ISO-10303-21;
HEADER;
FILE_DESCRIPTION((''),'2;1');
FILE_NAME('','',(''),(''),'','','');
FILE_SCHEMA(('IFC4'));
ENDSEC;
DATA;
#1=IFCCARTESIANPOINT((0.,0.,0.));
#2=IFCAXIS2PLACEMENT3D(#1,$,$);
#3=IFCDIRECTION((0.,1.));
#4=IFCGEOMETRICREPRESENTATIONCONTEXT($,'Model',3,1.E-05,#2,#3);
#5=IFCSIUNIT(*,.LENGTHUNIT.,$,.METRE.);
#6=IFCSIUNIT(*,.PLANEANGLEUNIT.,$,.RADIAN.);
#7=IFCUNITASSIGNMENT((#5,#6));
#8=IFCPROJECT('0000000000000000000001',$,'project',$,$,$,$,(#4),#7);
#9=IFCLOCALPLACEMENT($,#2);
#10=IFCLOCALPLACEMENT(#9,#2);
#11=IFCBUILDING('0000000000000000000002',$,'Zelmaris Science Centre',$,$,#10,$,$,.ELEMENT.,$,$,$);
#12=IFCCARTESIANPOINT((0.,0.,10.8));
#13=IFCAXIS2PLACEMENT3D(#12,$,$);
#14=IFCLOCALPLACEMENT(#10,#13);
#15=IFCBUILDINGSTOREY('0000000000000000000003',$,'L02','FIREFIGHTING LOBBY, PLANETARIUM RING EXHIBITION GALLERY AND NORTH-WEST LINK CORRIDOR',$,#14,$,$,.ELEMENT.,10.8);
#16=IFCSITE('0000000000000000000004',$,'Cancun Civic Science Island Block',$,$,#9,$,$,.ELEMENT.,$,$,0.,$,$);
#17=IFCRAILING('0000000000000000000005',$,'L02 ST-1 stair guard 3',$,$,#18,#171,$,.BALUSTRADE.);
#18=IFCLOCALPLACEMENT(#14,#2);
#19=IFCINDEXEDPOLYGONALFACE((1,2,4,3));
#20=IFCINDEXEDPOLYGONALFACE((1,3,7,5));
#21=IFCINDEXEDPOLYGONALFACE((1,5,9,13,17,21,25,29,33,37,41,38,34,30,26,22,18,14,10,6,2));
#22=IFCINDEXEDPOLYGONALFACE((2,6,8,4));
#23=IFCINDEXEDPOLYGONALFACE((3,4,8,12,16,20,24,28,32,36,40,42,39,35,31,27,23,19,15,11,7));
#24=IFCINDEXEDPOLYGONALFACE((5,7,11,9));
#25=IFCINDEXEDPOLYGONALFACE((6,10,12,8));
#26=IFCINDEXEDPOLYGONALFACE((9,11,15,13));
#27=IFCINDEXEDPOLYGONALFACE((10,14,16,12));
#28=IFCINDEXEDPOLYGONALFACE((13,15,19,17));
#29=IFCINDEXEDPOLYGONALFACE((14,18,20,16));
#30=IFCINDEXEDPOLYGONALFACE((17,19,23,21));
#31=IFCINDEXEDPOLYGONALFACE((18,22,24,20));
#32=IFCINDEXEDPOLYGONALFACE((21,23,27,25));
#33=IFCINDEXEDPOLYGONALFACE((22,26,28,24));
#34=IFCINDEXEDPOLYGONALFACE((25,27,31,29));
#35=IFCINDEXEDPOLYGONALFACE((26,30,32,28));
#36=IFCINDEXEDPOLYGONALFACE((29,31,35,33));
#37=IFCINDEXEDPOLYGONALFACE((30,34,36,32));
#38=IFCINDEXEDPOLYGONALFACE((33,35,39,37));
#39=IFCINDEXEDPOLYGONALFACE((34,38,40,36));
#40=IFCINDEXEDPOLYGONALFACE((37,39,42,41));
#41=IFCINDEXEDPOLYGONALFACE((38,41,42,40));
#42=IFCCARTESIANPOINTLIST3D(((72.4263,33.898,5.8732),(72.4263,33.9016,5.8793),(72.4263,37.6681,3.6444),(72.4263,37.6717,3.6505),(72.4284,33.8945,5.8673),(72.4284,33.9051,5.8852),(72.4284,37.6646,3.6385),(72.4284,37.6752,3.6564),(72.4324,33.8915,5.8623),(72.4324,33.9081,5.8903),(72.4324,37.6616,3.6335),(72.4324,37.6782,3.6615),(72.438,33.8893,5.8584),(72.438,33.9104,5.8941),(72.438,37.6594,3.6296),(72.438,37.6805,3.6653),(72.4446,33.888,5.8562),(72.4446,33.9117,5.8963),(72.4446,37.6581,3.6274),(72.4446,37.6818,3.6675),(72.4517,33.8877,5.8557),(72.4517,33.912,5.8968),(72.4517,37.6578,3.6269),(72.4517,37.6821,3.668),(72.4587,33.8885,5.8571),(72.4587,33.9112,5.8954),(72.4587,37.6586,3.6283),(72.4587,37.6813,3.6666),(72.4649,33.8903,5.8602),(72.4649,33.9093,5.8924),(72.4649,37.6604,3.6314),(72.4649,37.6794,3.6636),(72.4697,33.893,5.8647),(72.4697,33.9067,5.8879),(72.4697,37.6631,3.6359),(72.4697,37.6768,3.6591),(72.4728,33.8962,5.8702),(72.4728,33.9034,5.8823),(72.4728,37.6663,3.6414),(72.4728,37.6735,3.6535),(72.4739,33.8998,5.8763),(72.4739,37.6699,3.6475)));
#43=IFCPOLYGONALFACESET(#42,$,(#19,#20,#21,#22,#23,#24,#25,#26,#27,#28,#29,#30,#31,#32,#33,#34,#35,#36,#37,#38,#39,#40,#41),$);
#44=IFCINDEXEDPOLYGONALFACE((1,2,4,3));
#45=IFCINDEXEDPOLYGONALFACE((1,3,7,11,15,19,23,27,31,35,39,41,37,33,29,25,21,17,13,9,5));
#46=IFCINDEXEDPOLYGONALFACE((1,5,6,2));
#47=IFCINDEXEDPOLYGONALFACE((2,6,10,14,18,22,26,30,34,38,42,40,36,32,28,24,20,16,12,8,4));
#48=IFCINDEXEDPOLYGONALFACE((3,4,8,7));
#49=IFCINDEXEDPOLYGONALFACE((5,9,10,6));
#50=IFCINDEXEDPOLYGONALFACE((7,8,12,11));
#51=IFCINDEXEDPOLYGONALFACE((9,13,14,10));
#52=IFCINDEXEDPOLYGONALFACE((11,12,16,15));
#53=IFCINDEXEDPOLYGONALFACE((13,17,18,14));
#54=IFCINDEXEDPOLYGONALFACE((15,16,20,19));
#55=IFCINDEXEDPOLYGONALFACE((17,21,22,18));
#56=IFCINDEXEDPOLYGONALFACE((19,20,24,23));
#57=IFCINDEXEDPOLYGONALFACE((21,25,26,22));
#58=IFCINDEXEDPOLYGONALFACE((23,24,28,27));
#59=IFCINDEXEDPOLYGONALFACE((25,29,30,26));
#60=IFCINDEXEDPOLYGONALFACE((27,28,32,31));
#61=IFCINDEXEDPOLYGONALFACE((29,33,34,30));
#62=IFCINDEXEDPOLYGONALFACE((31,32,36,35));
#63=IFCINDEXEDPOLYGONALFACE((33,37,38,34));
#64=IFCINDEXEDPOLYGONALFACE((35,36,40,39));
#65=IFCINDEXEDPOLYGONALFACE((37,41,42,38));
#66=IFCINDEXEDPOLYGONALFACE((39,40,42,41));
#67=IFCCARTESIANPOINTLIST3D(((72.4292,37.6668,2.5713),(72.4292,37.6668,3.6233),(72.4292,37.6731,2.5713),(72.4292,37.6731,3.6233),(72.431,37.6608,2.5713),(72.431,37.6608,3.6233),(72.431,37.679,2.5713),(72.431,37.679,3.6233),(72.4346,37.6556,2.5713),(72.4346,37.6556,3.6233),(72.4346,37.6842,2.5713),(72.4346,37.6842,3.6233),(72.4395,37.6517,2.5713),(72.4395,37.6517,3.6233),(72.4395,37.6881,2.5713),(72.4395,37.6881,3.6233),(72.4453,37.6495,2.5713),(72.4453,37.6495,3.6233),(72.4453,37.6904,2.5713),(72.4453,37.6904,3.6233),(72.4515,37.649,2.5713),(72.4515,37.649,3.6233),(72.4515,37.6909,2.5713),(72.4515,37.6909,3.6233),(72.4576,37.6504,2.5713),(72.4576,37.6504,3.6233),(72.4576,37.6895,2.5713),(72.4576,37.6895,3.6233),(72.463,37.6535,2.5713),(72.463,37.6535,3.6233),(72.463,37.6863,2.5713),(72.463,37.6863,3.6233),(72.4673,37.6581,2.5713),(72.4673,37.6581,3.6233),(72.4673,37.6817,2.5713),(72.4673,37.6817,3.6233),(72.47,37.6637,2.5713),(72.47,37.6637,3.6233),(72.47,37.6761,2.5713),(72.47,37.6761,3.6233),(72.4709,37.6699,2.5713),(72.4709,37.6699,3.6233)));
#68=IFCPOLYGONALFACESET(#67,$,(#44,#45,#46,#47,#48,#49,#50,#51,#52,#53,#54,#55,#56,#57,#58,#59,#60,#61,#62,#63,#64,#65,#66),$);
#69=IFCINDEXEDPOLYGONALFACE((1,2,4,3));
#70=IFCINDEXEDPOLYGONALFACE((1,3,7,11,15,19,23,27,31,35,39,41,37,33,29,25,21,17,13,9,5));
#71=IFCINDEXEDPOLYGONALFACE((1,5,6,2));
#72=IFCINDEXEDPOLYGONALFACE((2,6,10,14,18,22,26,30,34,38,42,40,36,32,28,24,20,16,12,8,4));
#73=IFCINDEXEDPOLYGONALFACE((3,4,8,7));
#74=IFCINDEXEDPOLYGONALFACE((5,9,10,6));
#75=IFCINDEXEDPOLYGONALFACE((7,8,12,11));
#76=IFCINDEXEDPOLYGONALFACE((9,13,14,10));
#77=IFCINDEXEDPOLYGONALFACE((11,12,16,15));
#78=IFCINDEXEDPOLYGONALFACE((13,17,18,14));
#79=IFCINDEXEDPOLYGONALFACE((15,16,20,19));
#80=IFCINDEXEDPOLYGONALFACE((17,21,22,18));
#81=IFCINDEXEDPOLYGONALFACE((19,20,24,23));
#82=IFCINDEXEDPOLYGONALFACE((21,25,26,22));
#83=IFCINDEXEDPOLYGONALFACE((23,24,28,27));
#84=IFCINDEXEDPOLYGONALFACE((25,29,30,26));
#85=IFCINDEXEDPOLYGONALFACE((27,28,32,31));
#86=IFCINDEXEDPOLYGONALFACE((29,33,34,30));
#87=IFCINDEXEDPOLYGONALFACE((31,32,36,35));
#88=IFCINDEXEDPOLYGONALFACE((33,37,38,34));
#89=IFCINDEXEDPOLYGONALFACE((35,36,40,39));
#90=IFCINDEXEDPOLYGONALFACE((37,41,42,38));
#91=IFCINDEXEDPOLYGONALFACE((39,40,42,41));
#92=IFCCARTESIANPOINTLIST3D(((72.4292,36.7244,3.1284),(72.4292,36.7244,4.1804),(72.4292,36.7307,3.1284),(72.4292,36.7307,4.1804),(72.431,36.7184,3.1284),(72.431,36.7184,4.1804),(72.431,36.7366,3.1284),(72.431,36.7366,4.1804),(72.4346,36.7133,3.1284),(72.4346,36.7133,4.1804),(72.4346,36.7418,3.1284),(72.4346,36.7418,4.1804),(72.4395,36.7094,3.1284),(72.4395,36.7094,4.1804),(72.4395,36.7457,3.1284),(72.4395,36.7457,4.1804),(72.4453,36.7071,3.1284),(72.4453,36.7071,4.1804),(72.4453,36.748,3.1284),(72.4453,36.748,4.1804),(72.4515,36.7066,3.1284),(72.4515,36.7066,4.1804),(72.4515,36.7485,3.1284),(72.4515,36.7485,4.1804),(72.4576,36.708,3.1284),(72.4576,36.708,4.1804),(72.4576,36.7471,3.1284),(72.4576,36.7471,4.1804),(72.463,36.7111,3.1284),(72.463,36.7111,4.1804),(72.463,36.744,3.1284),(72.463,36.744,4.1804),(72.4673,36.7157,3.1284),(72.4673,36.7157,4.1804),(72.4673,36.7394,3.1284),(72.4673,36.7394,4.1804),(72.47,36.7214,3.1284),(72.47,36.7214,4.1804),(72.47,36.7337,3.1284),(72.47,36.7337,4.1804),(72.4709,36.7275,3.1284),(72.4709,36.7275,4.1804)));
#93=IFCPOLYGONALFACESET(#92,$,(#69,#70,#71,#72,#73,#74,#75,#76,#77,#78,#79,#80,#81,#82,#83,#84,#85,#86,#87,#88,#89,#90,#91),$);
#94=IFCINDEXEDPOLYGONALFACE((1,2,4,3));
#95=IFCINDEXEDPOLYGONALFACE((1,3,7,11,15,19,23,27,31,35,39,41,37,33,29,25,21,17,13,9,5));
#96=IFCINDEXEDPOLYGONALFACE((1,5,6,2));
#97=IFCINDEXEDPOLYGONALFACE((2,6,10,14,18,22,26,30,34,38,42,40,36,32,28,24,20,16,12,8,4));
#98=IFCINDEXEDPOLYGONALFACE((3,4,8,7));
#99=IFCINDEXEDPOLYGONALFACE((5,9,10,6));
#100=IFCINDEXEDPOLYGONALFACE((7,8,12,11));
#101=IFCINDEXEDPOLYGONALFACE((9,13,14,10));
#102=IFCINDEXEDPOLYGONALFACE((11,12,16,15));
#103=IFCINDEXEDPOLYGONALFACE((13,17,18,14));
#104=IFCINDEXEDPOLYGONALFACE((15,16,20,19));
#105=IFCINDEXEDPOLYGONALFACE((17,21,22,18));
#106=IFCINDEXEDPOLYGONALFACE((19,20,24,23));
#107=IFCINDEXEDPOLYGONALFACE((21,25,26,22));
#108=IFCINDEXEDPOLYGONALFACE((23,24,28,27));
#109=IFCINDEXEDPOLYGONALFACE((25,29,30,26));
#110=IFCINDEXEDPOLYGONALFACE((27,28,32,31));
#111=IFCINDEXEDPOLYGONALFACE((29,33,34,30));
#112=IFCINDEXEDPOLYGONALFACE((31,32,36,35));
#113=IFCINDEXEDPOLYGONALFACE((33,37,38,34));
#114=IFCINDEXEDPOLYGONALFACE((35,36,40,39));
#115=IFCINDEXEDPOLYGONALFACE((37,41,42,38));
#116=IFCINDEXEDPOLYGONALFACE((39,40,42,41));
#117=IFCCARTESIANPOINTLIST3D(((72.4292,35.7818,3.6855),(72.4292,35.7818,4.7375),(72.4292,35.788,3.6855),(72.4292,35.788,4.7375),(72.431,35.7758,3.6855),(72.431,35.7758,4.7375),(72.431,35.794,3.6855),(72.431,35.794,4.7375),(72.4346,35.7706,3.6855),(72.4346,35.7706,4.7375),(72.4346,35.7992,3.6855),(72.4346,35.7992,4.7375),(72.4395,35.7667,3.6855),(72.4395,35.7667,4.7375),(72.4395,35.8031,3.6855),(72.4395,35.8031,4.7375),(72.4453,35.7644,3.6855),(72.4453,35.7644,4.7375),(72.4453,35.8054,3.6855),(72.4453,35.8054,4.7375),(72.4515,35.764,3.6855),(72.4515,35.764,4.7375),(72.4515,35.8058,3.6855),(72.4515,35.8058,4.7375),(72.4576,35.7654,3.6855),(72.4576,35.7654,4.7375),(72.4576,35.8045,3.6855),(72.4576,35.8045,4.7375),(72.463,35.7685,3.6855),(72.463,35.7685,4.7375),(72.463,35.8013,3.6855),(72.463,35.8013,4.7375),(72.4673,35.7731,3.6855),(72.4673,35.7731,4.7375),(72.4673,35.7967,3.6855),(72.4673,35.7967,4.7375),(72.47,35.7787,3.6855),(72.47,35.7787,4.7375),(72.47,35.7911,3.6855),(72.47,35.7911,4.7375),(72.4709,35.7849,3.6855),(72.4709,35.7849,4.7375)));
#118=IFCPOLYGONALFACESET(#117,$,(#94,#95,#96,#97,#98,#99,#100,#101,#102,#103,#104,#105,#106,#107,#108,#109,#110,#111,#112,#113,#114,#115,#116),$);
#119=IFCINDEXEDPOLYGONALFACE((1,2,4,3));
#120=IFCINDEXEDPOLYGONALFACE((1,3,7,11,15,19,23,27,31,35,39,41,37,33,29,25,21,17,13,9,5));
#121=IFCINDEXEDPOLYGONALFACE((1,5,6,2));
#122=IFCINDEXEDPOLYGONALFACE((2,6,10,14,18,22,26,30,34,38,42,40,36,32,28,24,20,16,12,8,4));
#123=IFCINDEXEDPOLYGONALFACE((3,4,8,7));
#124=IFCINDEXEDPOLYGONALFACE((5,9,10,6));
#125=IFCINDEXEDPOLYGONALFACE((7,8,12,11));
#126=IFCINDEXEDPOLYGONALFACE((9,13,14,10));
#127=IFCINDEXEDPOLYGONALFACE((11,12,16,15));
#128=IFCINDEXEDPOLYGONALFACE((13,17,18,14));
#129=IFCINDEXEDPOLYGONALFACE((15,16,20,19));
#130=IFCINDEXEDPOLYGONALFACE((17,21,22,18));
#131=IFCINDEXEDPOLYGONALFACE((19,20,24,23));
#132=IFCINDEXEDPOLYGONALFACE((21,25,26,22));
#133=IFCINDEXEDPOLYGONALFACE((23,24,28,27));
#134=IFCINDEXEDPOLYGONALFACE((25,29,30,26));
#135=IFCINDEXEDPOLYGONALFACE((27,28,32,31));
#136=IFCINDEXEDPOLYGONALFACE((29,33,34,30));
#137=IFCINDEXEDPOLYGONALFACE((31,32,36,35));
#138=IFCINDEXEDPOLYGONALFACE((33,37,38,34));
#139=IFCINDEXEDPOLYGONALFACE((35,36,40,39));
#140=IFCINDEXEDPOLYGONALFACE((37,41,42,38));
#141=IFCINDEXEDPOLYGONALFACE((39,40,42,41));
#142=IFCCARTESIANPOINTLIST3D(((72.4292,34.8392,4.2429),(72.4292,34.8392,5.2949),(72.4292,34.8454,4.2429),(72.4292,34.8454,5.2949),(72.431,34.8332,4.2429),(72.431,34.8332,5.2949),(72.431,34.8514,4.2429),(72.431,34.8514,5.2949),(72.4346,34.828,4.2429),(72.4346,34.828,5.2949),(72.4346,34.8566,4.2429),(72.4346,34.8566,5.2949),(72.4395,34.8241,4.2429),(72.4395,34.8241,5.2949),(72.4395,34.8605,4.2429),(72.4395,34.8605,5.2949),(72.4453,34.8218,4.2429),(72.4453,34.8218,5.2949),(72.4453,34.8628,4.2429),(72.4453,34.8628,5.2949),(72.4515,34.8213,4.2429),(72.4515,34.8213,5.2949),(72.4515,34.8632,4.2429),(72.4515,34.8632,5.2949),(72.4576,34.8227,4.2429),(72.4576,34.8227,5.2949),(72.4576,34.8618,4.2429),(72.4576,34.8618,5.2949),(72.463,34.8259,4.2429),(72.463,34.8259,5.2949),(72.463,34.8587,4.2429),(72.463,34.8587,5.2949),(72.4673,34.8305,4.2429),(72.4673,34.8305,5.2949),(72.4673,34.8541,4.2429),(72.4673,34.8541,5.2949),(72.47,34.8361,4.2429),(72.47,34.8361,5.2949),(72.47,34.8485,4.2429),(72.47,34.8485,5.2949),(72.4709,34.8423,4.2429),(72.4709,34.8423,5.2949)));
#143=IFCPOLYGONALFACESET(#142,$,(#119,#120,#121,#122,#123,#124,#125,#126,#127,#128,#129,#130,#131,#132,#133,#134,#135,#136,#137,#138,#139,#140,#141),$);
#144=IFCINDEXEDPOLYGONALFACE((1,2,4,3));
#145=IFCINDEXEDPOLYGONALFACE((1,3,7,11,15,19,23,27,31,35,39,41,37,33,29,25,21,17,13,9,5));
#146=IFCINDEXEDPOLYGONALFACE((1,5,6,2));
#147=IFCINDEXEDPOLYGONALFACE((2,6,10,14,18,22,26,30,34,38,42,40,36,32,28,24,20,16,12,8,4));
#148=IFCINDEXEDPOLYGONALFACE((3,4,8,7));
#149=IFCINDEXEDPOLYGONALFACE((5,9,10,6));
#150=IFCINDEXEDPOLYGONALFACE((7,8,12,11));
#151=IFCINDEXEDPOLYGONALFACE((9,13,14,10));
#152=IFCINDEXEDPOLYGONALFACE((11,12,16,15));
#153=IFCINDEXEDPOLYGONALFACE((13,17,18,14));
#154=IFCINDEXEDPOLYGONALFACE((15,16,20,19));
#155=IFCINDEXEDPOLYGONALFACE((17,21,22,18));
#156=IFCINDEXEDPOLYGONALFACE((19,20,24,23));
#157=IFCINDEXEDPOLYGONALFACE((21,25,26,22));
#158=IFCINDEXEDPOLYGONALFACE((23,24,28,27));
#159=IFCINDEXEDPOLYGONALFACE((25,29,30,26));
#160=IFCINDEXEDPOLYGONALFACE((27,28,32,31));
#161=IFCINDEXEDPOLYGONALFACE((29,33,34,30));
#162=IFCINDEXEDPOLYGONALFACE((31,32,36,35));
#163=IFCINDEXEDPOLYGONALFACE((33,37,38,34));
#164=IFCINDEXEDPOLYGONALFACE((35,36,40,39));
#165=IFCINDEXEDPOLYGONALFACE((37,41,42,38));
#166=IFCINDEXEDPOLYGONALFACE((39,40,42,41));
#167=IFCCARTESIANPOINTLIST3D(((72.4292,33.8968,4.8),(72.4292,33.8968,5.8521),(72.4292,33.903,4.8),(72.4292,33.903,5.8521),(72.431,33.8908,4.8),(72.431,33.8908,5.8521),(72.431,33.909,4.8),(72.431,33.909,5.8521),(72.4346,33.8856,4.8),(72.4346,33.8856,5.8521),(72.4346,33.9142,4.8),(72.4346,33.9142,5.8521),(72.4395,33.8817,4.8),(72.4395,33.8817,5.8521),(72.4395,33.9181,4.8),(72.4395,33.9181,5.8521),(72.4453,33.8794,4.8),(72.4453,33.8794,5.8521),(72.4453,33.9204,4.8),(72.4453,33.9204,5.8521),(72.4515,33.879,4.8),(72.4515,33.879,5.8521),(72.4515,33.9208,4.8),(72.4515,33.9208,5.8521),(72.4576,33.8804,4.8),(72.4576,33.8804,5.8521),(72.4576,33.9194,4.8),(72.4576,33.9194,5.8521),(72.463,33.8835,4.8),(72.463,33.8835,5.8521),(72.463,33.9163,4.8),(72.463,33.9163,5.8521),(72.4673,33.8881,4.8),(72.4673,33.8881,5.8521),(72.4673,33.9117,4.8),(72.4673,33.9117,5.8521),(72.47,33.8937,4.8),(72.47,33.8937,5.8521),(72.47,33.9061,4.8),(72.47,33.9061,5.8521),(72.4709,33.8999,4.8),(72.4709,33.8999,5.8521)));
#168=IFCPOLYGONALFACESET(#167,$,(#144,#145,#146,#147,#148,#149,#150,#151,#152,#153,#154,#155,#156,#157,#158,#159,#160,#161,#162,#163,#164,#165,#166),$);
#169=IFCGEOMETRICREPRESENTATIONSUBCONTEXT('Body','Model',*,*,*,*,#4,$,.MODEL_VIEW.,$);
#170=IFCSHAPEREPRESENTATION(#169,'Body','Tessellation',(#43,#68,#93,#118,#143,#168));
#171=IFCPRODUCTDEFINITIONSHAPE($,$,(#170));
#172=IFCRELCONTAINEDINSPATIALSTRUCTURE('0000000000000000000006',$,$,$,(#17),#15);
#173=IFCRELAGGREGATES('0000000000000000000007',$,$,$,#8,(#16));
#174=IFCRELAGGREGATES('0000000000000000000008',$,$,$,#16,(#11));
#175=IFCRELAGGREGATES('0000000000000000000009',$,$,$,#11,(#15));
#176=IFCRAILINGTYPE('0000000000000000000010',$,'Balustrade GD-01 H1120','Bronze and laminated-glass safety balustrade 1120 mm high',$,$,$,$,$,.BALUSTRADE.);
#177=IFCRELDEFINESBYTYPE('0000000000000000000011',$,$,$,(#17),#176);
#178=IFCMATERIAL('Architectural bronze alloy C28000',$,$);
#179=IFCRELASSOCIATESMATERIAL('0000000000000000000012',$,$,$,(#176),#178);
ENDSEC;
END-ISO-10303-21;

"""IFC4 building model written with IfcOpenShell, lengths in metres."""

from ifc_helpers import new_model, si_unit, direction, frame, origin, origin_2d, place, context, subcontext, project, spatial, circle, extrude, material, type_object, element, save


model = new_model("IFC4")

# Units and contexts
model_context = context("Model", 3, precision=1e-05, world=origin(), true_north=direction((0.0, 1.0)))
body_context = subcontext(model_context, "Body", "Model", "MODEL_VIEW")
ifc_project = project(units=[si_unit("LENGTHUNIT", "METRE"), si_unit("PLANEANGLEUNIT", "RADIAN")], contexts=[model_context])

# Site, building, storey
site_placement = place(None, origin())
site = spatial("IfcSite", under=ifc_project, at=site_placement, Name="Cancun Civic Science Island Block", CompositionType="ELEMENT", RefElevation=0.0)
building_placement = place(site_placement, origin())
building = spatial("IfcBuilding", under=site, at=building_placement, Name="Zelmaris Science Centre", CompositionType="ELEMENT")
storey_placement = place(building_placement, frame((0.0, 0.0, 10.8)))
storey = spatial("IfcBuildingStorey", under=building, at=storey_placement, Name="L02", Description="FIREFIGHTING LOBBY, PLANETARIUM RING EXHIBITION GALLERY AND NORTH-WEST LINK CORRIDOR", CompositionType="ELEMENT", Elevation=10.8)

# Railing
ifc_material_1 = material(Name="Architectural bronze alloy C28000")
railing_type_1 = type_object("IfcRailingType", Name="Balustrade GD-01 H1120", Description="Bronze and laminated-glass safety balustrade 1120 mm high", PredefinedType="BALUSTRADE", material=ifc_material_1)
railing_1_placement = place(storey_placement, frame((72.45, 37.6699, 2.5713)))
element("IfcRailing", 1, at=railing_1_placement, inside=storey, type_object=railing_type_1, Name="L02 ST-1 stair guard 3", PredefinedType="BALUSTRADE", context=body_context, shape_type="SweptSolid", body=[
    extrude(circle(Radius=0.0239, at=origin_2d()), frame((0.0, 0.0, 1.0762), z_axis=(0.0, -0.860824, 0.508902), x_axis=(1.0, 0.0, 0.0)), (0.0, 0.0, 1.0), 4.3796),
    extrude(circle(Radius=0.021, at=origin_2d()), origin(), (0.0, 0.0, 1.0), 1.052),
    extrude(circle(Radius=0.021, at=origin_2d()), frame((0.0, -0.9424, 0.5571)), (0.0, 0.0, 1.0), 1.052),
    extrude(circle(Radius=0.021, at=origin_2d()), frame((0.0, -1.885, 1.1143)), (0.0, 0.0, 1.0), 1.052),
    extrude(circle(Radius=0.021, at=origin_2d()), frame((0.0, -2.8276, 1.6716)), (0.0, 0.0, 1.0), 1.052),
    extrude(circle(Radius=0.021, at=origin_2d()), frame((0.0, -3.77, 2.2288)), (0.0, 0.0, 1.0), 1.052),
])

save(model, "model.ifc")
